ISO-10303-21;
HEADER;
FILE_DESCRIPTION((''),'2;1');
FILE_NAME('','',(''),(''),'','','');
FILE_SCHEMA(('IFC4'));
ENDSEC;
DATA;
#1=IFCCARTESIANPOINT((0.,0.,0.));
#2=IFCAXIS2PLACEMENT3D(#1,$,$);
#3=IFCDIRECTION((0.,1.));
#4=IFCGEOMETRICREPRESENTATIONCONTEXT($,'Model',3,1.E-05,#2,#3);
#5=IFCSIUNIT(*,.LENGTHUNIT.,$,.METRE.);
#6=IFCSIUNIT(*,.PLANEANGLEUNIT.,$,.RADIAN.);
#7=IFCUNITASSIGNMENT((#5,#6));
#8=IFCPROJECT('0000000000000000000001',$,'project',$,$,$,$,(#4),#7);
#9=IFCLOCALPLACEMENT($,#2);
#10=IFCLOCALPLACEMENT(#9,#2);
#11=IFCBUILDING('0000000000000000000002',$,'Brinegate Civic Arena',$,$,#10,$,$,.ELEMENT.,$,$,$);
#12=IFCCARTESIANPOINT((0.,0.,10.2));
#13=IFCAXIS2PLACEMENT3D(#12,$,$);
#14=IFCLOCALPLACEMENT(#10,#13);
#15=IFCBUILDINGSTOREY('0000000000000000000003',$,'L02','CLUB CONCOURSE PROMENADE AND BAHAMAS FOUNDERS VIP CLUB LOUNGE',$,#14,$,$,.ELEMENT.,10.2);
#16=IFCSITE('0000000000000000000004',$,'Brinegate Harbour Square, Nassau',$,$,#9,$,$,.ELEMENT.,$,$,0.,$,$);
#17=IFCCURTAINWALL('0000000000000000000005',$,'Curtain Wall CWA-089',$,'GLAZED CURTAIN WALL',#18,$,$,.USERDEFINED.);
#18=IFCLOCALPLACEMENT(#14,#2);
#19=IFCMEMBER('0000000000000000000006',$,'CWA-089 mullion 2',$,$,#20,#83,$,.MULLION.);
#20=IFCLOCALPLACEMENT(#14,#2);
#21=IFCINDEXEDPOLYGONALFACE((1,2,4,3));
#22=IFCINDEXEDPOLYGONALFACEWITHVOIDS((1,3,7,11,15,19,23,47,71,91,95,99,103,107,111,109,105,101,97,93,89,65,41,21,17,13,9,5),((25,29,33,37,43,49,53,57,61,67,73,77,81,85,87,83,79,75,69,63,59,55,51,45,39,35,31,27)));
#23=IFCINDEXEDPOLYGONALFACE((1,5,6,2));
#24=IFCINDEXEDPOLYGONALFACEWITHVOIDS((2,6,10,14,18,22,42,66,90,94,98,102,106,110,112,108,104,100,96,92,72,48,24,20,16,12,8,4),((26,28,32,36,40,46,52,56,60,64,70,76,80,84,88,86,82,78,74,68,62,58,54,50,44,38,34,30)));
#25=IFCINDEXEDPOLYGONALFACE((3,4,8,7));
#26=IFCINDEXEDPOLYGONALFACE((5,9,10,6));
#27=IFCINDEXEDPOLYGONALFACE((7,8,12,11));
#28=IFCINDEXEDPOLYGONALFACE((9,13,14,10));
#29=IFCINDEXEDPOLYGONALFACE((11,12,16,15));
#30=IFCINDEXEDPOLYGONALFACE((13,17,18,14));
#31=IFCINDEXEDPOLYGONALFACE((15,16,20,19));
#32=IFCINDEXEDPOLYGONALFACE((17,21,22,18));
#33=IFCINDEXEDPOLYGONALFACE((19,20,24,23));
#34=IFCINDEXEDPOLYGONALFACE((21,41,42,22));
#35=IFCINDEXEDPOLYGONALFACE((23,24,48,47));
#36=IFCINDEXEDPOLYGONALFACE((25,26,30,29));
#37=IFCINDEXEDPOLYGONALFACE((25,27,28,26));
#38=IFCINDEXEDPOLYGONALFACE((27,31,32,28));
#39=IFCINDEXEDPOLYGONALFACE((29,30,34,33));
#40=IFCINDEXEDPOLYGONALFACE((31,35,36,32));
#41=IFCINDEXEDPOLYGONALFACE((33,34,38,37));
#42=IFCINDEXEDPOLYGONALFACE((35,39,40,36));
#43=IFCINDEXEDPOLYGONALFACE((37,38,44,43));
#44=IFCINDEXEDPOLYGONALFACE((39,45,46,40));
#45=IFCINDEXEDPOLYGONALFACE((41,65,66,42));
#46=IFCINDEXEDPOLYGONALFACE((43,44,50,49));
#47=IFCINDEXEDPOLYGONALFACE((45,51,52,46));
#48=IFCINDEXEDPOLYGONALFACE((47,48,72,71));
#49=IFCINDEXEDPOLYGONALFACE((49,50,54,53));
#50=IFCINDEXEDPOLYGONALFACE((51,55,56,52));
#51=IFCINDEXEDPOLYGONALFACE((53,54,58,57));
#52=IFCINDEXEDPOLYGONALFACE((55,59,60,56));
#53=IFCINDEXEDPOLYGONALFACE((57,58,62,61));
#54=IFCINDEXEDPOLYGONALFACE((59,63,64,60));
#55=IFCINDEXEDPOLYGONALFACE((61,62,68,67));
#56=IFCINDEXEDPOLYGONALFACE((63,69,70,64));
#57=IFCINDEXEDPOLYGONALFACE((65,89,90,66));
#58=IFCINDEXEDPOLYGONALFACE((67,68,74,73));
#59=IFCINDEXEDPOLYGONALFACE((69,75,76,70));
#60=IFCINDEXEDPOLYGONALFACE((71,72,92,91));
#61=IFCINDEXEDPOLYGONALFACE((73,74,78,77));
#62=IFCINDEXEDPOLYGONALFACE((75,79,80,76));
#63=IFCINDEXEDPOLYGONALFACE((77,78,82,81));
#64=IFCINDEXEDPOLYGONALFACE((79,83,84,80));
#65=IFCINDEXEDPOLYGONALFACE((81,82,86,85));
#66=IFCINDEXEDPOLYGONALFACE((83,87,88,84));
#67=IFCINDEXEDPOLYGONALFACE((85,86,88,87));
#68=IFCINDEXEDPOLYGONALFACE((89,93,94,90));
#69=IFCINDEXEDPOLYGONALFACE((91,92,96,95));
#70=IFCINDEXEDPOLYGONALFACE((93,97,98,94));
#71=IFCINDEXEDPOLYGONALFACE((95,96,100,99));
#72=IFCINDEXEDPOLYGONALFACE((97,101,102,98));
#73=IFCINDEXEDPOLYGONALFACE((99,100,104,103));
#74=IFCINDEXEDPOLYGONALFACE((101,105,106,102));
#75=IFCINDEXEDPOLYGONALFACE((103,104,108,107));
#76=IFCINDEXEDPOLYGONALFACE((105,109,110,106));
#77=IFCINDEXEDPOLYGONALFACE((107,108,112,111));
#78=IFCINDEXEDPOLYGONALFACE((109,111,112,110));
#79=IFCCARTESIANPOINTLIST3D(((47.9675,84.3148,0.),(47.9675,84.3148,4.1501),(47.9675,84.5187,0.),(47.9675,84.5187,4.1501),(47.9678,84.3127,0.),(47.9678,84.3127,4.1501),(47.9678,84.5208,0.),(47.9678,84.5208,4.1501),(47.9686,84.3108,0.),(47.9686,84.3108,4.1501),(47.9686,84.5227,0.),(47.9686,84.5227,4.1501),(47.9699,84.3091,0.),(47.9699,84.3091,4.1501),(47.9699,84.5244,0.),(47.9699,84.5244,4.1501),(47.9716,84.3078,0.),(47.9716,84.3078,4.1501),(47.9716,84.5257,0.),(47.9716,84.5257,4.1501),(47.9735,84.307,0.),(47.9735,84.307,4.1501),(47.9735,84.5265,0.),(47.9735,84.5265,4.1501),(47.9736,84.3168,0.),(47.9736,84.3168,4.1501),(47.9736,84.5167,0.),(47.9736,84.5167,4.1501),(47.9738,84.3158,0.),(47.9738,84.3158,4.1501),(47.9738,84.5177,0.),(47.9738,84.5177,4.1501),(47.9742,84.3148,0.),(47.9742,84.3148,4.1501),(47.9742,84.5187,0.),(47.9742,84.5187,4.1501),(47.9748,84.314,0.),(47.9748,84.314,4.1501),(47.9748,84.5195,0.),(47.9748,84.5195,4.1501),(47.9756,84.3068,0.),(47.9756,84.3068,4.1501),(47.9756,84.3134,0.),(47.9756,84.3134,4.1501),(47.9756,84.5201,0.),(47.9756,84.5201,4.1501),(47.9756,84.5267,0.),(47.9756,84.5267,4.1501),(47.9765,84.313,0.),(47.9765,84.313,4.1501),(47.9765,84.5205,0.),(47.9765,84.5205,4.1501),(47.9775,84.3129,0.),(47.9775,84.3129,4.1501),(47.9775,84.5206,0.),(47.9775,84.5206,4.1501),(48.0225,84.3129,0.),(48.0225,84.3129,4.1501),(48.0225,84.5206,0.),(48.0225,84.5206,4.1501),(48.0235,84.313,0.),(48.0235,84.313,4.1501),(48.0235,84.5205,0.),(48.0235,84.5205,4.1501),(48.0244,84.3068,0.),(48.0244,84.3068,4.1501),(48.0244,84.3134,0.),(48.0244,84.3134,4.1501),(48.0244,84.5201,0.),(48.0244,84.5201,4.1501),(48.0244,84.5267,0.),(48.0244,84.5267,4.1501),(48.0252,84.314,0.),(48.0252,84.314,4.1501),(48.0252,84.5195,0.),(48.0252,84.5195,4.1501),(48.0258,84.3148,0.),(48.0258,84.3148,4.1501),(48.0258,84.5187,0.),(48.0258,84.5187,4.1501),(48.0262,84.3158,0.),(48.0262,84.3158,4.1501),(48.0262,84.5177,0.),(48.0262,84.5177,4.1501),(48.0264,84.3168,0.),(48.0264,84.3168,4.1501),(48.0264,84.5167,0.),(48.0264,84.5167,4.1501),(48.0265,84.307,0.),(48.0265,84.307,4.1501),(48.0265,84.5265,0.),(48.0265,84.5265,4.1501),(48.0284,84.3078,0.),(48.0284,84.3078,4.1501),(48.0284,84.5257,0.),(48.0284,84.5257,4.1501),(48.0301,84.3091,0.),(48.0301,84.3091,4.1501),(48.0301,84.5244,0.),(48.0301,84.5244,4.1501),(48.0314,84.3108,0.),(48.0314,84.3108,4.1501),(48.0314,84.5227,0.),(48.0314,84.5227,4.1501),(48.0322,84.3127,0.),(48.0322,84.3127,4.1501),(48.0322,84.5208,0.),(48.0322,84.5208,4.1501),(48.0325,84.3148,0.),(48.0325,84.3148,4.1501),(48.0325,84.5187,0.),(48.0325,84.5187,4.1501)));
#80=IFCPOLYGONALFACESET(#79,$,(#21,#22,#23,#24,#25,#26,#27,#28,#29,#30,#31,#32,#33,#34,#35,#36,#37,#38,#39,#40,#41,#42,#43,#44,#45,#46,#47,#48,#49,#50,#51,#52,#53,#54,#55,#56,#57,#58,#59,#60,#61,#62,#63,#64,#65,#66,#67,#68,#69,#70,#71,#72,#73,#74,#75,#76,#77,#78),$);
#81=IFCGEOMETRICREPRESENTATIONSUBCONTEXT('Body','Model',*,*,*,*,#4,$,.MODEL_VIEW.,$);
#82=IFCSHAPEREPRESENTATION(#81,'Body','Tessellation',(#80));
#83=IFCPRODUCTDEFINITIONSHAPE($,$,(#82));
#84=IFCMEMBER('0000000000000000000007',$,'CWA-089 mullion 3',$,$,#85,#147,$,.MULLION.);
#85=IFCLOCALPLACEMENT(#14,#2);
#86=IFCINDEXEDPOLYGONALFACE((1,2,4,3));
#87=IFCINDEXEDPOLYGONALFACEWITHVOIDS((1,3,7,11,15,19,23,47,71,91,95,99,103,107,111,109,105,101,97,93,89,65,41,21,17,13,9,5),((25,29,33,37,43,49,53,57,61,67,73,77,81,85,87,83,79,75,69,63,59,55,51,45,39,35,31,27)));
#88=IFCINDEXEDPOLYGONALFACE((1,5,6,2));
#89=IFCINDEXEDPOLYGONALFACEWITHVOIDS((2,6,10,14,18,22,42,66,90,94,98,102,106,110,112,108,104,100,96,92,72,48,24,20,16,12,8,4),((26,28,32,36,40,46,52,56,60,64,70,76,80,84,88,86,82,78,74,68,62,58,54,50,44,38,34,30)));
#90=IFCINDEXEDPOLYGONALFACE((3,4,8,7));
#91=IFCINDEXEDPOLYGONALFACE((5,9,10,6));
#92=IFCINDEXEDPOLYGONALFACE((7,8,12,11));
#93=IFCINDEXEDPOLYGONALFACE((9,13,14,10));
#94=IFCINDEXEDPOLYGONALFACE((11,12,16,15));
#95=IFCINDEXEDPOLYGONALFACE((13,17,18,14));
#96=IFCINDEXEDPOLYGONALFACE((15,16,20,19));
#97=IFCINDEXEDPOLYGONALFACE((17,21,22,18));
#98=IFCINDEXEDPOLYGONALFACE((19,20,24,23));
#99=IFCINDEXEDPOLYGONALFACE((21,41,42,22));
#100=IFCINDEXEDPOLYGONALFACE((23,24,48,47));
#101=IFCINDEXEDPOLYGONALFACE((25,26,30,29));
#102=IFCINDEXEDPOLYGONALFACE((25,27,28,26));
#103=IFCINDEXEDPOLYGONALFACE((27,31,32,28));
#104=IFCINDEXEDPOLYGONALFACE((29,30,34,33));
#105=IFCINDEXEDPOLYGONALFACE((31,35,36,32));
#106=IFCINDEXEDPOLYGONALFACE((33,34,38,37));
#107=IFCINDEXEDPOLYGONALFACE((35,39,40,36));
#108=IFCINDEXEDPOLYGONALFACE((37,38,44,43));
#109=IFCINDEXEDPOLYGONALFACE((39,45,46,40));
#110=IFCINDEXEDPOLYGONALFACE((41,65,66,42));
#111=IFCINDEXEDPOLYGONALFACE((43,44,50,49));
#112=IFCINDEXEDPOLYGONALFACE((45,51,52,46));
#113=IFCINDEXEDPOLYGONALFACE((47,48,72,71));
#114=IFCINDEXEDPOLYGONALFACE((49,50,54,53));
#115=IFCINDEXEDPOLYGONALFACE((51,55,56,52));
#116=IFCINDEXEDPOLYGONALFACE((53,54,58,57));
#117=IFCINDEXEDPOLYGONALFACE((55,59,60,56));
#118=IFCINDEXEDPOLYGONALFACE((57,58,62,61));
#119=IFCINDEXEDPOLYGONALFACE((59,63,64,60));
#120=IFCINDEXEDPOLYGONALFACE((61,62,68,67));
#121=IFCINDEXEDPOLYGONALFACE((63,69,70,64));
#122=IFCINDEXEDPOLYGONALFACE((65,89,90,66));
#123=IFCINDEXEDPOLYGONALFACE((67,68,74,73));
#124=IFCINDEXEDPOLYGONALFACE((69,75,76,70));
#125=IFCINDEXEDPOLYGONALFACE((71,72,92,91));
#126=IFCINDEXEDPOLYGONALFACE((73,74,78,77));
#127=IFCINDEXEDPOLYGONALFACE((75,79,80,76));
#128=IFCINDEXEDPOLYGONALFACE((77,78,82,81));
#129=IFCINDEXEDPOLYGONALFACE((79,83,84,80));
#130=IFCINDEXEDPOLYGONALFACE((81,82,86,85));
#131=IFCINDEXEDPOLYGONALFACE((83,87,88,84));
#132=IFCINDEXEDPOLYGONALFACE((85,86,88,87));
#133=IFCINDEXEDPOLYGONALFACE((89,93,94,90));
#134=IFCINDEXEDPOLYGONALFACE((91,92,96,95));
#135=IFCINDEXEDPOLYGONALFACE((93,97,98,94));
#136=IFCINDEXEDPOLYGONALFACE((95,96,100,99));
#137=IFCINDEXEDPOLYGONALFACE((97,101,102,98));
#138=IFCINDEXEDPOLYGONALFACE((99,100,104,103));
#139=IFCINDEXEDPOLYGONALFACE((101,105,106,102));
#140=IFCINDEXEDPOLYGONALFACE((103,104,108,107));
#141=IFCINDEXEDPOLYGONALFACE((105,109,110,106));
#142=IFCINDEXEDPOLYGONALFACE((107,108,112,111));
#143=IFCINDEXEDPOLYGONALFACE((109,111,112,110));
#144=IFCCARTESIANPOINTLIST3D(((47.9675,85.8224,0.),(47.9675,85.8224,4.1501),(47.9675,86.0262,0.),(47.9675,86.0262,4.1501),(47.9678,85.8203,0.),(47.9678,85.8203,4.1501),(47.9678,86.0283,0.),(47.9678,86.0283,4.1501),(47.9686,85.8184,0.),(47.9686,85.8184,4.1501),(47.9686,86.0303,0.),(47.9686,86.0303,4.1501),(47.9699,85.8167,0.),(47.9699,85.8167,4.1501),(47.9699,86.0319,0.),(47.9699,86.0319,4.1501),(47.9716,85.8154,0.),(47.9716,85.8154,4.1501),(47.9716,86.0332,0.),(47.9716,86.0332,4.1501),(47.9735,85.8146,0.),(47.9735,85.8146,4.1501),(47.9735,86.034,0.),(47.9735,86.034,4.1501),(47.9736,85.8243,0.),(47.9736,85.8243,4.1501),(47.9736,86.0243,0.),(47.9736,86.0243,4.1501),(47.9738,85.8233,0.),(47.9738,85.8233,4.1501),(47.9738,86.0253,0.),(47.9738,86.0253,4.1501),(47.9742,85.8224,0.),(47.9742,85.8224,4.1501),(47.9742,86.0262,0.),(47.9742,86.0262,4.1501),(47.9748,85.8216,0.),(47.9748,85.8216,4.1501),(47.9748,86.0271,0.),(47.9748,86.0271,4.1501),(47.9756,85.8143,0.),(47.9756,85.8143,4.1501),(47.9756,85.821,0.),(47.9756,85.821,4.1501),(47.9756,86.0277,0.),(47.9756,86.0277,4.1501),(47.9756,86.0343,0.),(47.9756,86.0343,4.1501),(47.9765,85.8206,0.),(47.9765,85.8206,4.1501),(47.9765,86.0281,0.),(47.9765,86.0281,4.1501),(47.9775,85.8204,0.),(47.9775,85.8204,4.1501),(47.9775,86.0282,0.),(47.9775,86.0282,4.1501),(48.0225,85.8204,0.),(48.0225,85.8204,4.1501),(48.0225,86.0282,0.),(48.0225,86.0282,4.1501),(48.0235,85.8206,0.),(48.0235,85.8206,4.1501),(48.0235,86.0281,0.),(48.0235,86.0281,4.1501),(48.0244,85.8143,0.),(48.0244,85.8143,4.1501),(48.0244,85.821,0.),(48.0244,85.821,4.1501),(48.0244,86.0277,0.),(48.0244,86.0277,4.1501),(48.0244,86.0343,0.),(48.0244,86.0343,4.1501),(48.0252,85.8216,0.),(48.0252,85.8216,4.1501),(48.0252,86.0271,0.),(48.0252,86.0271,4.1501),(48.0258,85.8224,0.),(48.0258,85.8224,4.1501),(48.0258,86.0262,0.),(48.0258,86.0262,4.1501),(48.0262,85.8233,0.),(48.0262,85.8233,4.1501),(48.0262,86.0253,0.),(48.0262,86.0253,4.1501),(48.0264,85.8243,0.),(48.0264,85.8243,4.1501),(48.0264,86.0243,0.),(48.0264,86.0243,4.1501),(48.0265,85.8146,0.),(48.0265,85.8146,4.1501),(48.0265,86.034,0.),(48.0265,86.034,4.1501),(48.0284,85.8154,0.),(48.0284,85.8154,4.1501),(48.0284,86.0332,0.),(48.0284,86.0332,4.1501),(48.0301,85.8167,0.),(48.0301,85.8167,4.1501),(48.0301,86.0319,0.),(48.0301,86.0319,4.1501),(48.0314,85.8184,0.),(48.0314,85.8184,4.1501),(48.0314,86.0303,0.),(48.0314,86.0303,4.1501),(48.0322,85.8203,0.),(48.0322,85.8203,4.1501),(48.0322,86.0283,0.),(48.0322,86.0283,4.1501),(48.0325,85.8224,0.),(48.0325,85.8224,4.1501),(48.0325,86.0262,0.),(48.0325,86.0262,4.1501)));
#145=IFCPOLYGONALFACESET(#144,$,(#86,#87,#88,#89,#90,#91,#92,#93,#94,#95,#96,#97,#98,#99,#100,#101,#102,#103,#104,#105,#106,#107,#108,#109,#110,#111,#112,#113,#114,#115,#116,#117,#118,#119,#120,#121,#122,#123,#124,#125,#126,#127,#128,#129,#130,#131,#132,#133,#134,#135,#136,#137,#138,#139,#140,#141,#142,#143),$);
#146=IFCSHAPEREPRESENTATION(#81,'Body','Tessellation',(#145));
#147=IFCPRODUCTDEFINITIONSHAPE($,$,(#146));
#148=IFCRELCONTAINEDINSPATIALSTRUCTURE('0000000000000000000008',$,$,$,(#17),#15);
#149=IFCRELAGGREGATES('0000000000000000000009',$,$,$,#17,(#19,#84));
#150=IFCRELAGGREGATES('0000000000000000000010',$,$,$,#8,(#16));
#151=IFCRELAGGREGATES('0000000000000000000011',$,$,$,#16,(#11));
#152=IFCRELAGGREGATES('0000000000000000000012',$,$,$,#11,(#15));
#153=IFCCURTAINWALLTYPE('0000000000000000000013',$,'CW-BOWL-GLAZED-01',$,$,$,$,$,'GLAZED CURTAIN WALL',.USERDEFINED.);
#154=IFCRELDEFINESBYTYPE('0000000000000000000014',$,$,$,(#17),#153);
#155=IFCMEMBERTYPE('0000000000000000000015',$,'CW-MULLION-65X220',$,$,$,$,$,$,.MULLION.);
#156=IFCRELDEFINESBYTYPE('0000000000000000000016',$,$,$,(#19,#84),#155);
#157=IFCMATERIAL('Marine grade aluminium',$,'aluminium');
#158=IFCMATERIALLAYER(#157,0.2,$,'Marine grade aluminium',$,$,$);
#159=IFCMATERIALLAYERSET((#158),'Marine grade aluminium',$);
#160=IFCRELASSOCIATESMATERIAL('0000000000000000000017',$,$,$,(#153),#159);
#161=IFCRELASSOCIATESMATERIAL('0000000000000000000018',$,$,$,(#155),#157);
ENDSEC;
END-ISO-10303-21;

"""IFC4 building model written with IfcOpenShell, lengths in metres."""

from ifc_helpers import new_model, si_unit, direction, frame, origin, origin_2d, place, context, subcontext, project, spatial, hollow_rectangle, extrude, material, layer, layer_set, material_profile, profile_set, type_object, element, aggregate, save


model = new_model("IFC4")

# Units and contexts
model_context = context("Model", 3, precision=1e-05, world=origin(), true_north=direction((0.0, 1.0)))
body_context = subcontext(model_context, "Body", "Model", "MODEL_VIEW")
ifc_project = project(units=[si_unit("LENGTHUNIT", "METRE"), si_unit("PLANEANGLEUNIT", "RADIAN")], contexts=[model_context])

# Site, building, storey
site_placement = place(None, origin())
site = spatial("IfcSite", under=ifc_project, at=site_placement, Name="Brinegate Harbour Square, Nassau", CompositionType="ELEMENT", RefElevation=0.0)
building_placement = place(site_placement, origin())
building = spatial("IfcBuilding", under=site, at=building_placement, Name="Brinegate Civic Arena", CompositionType="ELEMENT")
storey_placement = place(building_placement, frame((0.0, 0.0, 10.2)))
storey = spatial("IfcBuildingStorey", under=building, at=storey_placement, Name="L02", Description="CLUB CONCOURSE PROMENADE AND BAHAMAS FOUNDERS VIP CLUB LOUNGE", CompositionType="ELEMENT", Elevation=10.2)

# Curtain wall, members
ifc_material_1 = material(Name="Marine grade aluminium", Category="aluminium")
ifc_layer_1 = layer(ifc_material_1, 0.2, Name="Marine grade aluminium")
ifc_layer_set_1 = layer_set([ifc_layer_1], Name="Marine grade aluminium")
curtain_wall_type_1 = type_object("IfcCurtainWallType", Name="CW-BOWL-GLAZED-01", ElementType="GLAZED CURTAIN WALL", PredefinedType="USERDEFINED", material=ifc_layer_set_1)
curtain_wall_1_placement = place(storey_placement, origin())
curtain_wall_1 = element("IfcCurtainWall", 1, at=curtain_wall_1_placement, inside=storey, type_object=curtain_wall_type_1, Name="Curtain Wall CWA-089", ObjectType="GLAZED CURTAIN WALL", PredefinedType="USERDEFINED")
ifc_material_profile_1 = material_profile(ifc_material_1, hollow_rectangle(XDim=0.0649, YDim=0.22, WallThickness=0.0061, InnerFilletRadius=0.0039, OuterFilletRadius=0.0081, at=origin_2d()), Name="MUL65X220")
ifc_profile_set_1 = profile_set([ifc_material_profile_1], Name="Marine grade aluminium")
member_type_1 = type_object("IfcMemberType", Name="CW-MULLION-65X220", PredefinedType="MULLION", material=ifc_profile_set_1)
member_1_placement = place(storey_placement, frame((48.0, 84.4167, 0.0), z_axis=(0.0, 0.0, 1.0), x_axis=(-1.0, 0.0, 0.0)))
member_1 = element("IfcMember", 2, at=member_1_placement, type_object=member_type_1, Name="CWA-089 mullion 2", PredefinedType="MULLION", context=body_context, shape_type="SweptSolid", body=[
    extrude(hollow_rectangle(XDim=0.0649, YDim=0.22, WallThickness=0.0061, InnerFilletRadius=0.0039, OuterFilletRadius=0.0081, at=origin_2d()), origin(), (0.0, 0.0, 1.0), 4.1501),
])
member_2_placement = place(storey_placement, frame((48.0, 85.9243, 0.0), z_axis=(0.0, 0.0, 1.0), x_axis=(-1.0, 0.0, 0.0)))
member_2 = element("IfcMember", 3, at=member_2_placement, type_object=member_type_1, Name="CWA-089 mullion 3", PredefinedType="MULLION", context=body_context, shape_type="SweptSolid", body=[
    extrude(hollow_rectangle(XDim=0.0649, YDim=0.22, WallThickness=0.0061, InnerFilletRadius=0.0039, OuterFilletRadius=0.0081, at=origin_2d()), origin(), (0.0, 0.0, 1.0), 4.1501),
])

aggregate(curtain_wall_1, [member_1, member_2])

save(model, "model.ifc")
